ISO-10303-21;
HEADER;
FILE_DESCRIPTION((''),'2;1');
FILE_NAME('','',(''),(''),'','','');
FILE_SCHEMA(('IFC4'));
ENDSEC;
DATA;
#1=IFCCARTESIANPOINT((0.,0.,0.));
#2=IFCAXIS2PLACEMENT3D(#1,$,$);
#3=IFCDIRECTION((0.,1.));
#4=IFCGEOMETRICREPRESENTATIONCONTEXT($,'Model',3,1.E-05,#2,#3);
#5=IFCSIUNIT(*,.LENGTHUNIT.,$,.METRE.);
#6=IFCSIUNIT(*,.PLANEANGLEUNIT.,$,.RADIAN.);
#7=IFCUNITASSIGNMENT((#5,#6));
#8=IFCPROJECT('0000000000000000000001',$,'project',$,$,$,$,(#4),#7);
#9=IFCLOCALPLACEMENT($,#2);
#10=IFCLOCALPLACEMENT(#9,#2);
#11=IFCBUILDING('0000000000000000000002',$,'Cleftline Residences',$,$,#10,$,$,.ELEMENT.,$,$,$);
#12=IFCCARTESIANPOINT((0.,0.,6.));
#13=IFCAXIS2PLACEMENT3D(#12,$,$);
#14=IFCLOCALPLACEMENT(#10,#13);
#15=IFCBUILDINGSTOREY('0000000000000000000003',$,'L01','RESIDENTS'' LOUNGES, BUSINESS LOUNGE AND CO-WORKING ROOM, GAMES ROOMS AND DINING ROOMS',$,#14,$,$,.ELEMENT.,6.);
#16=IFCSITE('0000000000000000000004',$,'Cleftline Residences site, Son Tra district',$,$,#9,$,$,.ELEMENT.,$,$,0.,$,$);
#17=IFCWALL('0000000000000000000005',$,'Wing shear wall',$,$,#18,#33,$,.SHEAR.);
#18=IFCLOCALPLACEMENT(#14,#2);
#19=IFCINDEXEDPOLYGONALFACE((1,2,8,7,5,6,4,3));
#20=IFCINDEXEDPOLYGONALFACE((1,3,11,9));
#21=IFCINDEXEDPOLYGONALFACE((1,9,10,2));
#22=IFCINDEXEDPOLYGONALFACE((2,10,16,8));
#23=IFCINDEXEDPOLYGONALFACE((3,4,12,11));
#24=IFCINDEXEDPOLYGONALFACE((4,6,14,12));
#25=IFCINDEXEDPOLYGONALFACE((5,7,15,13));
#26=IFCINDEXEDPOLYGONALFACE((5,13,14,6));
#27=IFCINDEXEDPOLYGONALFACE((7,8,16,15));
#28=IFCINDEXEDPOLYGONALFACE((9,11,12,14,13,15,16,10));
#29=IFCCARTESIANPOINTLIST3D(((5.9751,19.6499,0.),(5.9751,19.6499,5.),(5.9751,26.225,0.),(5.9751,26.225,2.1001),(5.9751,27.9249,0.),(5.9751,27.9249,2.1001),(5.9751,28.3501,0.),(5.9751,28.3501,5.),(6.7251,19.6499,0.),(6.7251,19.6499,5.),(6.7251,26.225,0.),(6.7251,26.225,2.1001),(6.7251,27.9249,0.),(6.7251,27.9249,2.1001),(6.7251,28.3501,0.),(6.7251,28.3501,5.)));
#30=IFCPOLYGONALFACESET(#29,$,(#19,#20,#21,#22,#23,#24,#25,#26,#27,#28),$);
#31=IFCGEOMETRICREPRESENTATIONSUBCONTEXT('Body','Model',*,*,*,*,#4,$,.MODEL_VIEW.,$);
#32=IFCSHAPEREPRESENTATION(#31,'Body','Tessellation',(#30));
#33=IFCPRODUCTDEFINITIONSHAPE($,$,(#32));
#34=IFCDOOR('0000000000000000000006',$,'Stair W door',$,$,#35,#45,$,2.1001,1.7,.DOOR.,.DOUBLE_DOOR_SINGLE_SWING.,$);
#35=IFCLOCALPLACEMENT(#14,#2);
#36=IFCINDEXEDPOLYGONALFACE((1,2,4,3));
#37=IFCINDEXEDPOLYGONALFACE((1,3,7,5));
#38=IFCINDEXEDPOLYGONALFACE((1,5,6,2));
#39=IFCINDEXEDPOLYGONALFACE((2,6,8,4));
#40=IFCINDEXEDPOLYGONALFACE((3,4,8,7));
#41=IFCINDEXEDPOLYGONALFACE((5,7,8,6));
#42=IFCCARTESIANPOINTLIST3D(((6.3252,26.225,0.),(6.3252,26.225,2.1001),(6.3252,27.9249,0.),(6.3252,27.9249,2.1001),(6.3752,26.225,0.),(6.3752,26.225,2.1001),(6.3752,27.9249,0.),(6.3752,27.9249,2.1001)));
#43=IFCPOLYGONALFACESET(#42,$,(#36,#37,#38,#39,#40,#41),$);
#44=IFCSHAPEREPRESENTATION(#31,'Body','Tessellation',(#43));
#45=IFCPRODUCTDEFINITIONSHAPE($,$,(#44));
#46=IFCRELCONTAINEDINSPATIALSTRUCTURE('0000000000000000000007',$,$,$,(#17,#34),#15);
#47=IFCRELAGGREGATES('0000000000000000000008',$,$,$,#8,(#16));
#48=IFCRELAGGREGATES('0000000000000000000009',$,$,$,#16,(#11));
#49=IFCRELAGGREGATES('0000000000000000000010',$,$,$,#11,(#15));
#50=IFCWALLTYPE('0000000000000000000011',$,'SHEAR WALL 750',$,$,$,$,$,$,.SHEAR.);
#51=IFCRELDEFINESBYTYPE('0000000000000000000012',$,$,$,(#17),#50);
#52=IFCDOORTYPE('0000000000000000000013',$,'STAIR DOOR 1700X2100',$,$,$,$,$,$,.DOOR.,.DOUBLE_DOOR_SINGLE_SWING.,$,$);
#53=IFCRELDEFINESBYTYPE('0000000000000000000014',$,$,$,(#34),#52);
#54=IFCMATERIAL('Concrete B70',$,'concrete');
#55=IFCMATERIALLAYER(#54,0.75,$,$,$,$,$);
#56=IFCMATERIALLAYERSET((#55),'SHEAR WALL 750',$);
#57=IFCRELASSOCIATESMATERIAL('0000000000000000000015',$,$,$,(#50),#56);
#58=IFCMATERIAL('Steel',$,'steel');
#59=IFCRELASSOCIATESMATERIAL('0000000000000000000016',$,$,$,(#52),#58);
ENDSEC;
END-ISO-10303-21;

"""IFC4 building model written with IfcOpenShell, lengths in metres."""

from ifc_helpers import new_model, si_unit, direction, frame, frame_2d, origin, place, context, subcontext, project, spatial, rectangle, extrude, material, layer, layer_set, type_object, element, fill, save


model = new_model("IFC4")

# Units and contexts
model_context = context("Model", 3, precision=1e-05, world=origin(), true_north=direction((0.0, 1.0)))
body_context = subcontext(model_context, "Body", "Model", "MODEL_VIEW")
ifc_project = project(units=[si_unit("LENGTHUNIT", "METRE"), si_unit("PLANEANGLEUNIT", "RADIAN")], contexts=[model_context])

# Site, building, storey
site_placement = place(None, origin())
site = spatial("IfcSite", under=ifc_project, at=site_placement, Name="Cleftline Residences site, Son Tra district", CompositionType="ELEMENT", RefElevation=0.0)
building_placement = place(site_placement, origin())
building = spatial("IfcBuilding", under=site, at=building_placement, Name="Cleftline Residences", CompositionType="ELEMENT")
storey_placement = place(building_placement, frame((0.0, 0.0, 6.0)))
storey = spatial("IfcBuildingStorey", under=building, at=storey_placement, Name="L01", Description="RESIDENTS' LOUNGES, BUSINESS LOUNGE AND CO-WORKING ROOM, GAMES ROOMS AND DINING ROOMS", CompositionType="ELEMENT", Elevation=6.0)

# Wall, opening, door
ifc_material_1 = material(Name="Concrete B70", Category="concrete")
ifc_layer_1 = layer(ifc_material_1, 0.75)
ifc_layer_set_1 = layer_set([ifc_layer_1], Name="SHEAR WALL 750")
wall_type_1 = type_object("IfcWallType", Name="SHEAR WALL 750", PredefinedType="SHEAR", material=ifc_layer_set_1)
wall_1_placement = place(storey_placement, frame((6.3501, 19.6499, 0.0), z_axis=(0.0, 0.0, 1.0), x_axis=(0.0, 1.0, 0.0)))
wall_1 = element("IfcWall", 1, at=wall_1_placement, inside=storey, type_object=wall_type_1, Name="Wing shear wall", PredefinedType="SHEAR", context=body_context, shape_type="SweptSolid", body=[
    extrude(rectangle(XDim=8.7002, YDim=0.75, at=frame_2d((4.3501, 0.0))), origin(), (0.0, 0.0, 1.0), 5.0),
])
opening_1_placement = place(wall_1_placement, frame((6.575, 0.0, 0.0)))
opening_1 = element("IfcOpeningElement", 2, at=opening_1_placement, cuts=wall_1, PredefinedType="OPENING", context=body_context, shape_type="SweptSolid", body=[
    extrude(rectangle(XDim=1.7, YDim=2.1001, at=frame_2d((0.8501, 1.05))), frame((0.0, 0.385, 0.0), z_axis=(0.0, -1.0, 0.0), x_axis=(1.0, 0.0, 0.0)), (0.0, 0.0, 1.0), 0.77),
])
ifc_material_2 = material(Name="Steel", Category="steel")
door_type_1 = type_object("IfcDoorType", Name="STAIR DOOR 1700X2100", OperationType="DOUBLE_DOOR_SINGLE_SWING", PredefinedType="DOOR", material=ifc_material_2)
door_1_placement = place(opening_1_placement, origin())
door_1 = element("IfcDoor", 3, at=door_1_placement, inside=storey, type_object=door_type_1, Name="Stair W door", OperationType="DOUBLE_DOOR_SINGLE_SWING", OverallHeight=2.1001, OverallWidth=1.7, PredefinedType="DOOR", context=body_context, shape_type="SweptSolid", body=[
    extrude(rectangle(XDim=1.7, YDim=2.1001, at=frame_2d((0.8501, 1.05))), frame((0.0, 0.0249, 0.0), z_axis=(0.0, -1.0, 0.0), x_axis=(1.0, 0.0, 0.0)), (0.0, 0.0, 1.0), 0.05),
])
fill(opening_1, door_1)

save(model, "model.ifc")
